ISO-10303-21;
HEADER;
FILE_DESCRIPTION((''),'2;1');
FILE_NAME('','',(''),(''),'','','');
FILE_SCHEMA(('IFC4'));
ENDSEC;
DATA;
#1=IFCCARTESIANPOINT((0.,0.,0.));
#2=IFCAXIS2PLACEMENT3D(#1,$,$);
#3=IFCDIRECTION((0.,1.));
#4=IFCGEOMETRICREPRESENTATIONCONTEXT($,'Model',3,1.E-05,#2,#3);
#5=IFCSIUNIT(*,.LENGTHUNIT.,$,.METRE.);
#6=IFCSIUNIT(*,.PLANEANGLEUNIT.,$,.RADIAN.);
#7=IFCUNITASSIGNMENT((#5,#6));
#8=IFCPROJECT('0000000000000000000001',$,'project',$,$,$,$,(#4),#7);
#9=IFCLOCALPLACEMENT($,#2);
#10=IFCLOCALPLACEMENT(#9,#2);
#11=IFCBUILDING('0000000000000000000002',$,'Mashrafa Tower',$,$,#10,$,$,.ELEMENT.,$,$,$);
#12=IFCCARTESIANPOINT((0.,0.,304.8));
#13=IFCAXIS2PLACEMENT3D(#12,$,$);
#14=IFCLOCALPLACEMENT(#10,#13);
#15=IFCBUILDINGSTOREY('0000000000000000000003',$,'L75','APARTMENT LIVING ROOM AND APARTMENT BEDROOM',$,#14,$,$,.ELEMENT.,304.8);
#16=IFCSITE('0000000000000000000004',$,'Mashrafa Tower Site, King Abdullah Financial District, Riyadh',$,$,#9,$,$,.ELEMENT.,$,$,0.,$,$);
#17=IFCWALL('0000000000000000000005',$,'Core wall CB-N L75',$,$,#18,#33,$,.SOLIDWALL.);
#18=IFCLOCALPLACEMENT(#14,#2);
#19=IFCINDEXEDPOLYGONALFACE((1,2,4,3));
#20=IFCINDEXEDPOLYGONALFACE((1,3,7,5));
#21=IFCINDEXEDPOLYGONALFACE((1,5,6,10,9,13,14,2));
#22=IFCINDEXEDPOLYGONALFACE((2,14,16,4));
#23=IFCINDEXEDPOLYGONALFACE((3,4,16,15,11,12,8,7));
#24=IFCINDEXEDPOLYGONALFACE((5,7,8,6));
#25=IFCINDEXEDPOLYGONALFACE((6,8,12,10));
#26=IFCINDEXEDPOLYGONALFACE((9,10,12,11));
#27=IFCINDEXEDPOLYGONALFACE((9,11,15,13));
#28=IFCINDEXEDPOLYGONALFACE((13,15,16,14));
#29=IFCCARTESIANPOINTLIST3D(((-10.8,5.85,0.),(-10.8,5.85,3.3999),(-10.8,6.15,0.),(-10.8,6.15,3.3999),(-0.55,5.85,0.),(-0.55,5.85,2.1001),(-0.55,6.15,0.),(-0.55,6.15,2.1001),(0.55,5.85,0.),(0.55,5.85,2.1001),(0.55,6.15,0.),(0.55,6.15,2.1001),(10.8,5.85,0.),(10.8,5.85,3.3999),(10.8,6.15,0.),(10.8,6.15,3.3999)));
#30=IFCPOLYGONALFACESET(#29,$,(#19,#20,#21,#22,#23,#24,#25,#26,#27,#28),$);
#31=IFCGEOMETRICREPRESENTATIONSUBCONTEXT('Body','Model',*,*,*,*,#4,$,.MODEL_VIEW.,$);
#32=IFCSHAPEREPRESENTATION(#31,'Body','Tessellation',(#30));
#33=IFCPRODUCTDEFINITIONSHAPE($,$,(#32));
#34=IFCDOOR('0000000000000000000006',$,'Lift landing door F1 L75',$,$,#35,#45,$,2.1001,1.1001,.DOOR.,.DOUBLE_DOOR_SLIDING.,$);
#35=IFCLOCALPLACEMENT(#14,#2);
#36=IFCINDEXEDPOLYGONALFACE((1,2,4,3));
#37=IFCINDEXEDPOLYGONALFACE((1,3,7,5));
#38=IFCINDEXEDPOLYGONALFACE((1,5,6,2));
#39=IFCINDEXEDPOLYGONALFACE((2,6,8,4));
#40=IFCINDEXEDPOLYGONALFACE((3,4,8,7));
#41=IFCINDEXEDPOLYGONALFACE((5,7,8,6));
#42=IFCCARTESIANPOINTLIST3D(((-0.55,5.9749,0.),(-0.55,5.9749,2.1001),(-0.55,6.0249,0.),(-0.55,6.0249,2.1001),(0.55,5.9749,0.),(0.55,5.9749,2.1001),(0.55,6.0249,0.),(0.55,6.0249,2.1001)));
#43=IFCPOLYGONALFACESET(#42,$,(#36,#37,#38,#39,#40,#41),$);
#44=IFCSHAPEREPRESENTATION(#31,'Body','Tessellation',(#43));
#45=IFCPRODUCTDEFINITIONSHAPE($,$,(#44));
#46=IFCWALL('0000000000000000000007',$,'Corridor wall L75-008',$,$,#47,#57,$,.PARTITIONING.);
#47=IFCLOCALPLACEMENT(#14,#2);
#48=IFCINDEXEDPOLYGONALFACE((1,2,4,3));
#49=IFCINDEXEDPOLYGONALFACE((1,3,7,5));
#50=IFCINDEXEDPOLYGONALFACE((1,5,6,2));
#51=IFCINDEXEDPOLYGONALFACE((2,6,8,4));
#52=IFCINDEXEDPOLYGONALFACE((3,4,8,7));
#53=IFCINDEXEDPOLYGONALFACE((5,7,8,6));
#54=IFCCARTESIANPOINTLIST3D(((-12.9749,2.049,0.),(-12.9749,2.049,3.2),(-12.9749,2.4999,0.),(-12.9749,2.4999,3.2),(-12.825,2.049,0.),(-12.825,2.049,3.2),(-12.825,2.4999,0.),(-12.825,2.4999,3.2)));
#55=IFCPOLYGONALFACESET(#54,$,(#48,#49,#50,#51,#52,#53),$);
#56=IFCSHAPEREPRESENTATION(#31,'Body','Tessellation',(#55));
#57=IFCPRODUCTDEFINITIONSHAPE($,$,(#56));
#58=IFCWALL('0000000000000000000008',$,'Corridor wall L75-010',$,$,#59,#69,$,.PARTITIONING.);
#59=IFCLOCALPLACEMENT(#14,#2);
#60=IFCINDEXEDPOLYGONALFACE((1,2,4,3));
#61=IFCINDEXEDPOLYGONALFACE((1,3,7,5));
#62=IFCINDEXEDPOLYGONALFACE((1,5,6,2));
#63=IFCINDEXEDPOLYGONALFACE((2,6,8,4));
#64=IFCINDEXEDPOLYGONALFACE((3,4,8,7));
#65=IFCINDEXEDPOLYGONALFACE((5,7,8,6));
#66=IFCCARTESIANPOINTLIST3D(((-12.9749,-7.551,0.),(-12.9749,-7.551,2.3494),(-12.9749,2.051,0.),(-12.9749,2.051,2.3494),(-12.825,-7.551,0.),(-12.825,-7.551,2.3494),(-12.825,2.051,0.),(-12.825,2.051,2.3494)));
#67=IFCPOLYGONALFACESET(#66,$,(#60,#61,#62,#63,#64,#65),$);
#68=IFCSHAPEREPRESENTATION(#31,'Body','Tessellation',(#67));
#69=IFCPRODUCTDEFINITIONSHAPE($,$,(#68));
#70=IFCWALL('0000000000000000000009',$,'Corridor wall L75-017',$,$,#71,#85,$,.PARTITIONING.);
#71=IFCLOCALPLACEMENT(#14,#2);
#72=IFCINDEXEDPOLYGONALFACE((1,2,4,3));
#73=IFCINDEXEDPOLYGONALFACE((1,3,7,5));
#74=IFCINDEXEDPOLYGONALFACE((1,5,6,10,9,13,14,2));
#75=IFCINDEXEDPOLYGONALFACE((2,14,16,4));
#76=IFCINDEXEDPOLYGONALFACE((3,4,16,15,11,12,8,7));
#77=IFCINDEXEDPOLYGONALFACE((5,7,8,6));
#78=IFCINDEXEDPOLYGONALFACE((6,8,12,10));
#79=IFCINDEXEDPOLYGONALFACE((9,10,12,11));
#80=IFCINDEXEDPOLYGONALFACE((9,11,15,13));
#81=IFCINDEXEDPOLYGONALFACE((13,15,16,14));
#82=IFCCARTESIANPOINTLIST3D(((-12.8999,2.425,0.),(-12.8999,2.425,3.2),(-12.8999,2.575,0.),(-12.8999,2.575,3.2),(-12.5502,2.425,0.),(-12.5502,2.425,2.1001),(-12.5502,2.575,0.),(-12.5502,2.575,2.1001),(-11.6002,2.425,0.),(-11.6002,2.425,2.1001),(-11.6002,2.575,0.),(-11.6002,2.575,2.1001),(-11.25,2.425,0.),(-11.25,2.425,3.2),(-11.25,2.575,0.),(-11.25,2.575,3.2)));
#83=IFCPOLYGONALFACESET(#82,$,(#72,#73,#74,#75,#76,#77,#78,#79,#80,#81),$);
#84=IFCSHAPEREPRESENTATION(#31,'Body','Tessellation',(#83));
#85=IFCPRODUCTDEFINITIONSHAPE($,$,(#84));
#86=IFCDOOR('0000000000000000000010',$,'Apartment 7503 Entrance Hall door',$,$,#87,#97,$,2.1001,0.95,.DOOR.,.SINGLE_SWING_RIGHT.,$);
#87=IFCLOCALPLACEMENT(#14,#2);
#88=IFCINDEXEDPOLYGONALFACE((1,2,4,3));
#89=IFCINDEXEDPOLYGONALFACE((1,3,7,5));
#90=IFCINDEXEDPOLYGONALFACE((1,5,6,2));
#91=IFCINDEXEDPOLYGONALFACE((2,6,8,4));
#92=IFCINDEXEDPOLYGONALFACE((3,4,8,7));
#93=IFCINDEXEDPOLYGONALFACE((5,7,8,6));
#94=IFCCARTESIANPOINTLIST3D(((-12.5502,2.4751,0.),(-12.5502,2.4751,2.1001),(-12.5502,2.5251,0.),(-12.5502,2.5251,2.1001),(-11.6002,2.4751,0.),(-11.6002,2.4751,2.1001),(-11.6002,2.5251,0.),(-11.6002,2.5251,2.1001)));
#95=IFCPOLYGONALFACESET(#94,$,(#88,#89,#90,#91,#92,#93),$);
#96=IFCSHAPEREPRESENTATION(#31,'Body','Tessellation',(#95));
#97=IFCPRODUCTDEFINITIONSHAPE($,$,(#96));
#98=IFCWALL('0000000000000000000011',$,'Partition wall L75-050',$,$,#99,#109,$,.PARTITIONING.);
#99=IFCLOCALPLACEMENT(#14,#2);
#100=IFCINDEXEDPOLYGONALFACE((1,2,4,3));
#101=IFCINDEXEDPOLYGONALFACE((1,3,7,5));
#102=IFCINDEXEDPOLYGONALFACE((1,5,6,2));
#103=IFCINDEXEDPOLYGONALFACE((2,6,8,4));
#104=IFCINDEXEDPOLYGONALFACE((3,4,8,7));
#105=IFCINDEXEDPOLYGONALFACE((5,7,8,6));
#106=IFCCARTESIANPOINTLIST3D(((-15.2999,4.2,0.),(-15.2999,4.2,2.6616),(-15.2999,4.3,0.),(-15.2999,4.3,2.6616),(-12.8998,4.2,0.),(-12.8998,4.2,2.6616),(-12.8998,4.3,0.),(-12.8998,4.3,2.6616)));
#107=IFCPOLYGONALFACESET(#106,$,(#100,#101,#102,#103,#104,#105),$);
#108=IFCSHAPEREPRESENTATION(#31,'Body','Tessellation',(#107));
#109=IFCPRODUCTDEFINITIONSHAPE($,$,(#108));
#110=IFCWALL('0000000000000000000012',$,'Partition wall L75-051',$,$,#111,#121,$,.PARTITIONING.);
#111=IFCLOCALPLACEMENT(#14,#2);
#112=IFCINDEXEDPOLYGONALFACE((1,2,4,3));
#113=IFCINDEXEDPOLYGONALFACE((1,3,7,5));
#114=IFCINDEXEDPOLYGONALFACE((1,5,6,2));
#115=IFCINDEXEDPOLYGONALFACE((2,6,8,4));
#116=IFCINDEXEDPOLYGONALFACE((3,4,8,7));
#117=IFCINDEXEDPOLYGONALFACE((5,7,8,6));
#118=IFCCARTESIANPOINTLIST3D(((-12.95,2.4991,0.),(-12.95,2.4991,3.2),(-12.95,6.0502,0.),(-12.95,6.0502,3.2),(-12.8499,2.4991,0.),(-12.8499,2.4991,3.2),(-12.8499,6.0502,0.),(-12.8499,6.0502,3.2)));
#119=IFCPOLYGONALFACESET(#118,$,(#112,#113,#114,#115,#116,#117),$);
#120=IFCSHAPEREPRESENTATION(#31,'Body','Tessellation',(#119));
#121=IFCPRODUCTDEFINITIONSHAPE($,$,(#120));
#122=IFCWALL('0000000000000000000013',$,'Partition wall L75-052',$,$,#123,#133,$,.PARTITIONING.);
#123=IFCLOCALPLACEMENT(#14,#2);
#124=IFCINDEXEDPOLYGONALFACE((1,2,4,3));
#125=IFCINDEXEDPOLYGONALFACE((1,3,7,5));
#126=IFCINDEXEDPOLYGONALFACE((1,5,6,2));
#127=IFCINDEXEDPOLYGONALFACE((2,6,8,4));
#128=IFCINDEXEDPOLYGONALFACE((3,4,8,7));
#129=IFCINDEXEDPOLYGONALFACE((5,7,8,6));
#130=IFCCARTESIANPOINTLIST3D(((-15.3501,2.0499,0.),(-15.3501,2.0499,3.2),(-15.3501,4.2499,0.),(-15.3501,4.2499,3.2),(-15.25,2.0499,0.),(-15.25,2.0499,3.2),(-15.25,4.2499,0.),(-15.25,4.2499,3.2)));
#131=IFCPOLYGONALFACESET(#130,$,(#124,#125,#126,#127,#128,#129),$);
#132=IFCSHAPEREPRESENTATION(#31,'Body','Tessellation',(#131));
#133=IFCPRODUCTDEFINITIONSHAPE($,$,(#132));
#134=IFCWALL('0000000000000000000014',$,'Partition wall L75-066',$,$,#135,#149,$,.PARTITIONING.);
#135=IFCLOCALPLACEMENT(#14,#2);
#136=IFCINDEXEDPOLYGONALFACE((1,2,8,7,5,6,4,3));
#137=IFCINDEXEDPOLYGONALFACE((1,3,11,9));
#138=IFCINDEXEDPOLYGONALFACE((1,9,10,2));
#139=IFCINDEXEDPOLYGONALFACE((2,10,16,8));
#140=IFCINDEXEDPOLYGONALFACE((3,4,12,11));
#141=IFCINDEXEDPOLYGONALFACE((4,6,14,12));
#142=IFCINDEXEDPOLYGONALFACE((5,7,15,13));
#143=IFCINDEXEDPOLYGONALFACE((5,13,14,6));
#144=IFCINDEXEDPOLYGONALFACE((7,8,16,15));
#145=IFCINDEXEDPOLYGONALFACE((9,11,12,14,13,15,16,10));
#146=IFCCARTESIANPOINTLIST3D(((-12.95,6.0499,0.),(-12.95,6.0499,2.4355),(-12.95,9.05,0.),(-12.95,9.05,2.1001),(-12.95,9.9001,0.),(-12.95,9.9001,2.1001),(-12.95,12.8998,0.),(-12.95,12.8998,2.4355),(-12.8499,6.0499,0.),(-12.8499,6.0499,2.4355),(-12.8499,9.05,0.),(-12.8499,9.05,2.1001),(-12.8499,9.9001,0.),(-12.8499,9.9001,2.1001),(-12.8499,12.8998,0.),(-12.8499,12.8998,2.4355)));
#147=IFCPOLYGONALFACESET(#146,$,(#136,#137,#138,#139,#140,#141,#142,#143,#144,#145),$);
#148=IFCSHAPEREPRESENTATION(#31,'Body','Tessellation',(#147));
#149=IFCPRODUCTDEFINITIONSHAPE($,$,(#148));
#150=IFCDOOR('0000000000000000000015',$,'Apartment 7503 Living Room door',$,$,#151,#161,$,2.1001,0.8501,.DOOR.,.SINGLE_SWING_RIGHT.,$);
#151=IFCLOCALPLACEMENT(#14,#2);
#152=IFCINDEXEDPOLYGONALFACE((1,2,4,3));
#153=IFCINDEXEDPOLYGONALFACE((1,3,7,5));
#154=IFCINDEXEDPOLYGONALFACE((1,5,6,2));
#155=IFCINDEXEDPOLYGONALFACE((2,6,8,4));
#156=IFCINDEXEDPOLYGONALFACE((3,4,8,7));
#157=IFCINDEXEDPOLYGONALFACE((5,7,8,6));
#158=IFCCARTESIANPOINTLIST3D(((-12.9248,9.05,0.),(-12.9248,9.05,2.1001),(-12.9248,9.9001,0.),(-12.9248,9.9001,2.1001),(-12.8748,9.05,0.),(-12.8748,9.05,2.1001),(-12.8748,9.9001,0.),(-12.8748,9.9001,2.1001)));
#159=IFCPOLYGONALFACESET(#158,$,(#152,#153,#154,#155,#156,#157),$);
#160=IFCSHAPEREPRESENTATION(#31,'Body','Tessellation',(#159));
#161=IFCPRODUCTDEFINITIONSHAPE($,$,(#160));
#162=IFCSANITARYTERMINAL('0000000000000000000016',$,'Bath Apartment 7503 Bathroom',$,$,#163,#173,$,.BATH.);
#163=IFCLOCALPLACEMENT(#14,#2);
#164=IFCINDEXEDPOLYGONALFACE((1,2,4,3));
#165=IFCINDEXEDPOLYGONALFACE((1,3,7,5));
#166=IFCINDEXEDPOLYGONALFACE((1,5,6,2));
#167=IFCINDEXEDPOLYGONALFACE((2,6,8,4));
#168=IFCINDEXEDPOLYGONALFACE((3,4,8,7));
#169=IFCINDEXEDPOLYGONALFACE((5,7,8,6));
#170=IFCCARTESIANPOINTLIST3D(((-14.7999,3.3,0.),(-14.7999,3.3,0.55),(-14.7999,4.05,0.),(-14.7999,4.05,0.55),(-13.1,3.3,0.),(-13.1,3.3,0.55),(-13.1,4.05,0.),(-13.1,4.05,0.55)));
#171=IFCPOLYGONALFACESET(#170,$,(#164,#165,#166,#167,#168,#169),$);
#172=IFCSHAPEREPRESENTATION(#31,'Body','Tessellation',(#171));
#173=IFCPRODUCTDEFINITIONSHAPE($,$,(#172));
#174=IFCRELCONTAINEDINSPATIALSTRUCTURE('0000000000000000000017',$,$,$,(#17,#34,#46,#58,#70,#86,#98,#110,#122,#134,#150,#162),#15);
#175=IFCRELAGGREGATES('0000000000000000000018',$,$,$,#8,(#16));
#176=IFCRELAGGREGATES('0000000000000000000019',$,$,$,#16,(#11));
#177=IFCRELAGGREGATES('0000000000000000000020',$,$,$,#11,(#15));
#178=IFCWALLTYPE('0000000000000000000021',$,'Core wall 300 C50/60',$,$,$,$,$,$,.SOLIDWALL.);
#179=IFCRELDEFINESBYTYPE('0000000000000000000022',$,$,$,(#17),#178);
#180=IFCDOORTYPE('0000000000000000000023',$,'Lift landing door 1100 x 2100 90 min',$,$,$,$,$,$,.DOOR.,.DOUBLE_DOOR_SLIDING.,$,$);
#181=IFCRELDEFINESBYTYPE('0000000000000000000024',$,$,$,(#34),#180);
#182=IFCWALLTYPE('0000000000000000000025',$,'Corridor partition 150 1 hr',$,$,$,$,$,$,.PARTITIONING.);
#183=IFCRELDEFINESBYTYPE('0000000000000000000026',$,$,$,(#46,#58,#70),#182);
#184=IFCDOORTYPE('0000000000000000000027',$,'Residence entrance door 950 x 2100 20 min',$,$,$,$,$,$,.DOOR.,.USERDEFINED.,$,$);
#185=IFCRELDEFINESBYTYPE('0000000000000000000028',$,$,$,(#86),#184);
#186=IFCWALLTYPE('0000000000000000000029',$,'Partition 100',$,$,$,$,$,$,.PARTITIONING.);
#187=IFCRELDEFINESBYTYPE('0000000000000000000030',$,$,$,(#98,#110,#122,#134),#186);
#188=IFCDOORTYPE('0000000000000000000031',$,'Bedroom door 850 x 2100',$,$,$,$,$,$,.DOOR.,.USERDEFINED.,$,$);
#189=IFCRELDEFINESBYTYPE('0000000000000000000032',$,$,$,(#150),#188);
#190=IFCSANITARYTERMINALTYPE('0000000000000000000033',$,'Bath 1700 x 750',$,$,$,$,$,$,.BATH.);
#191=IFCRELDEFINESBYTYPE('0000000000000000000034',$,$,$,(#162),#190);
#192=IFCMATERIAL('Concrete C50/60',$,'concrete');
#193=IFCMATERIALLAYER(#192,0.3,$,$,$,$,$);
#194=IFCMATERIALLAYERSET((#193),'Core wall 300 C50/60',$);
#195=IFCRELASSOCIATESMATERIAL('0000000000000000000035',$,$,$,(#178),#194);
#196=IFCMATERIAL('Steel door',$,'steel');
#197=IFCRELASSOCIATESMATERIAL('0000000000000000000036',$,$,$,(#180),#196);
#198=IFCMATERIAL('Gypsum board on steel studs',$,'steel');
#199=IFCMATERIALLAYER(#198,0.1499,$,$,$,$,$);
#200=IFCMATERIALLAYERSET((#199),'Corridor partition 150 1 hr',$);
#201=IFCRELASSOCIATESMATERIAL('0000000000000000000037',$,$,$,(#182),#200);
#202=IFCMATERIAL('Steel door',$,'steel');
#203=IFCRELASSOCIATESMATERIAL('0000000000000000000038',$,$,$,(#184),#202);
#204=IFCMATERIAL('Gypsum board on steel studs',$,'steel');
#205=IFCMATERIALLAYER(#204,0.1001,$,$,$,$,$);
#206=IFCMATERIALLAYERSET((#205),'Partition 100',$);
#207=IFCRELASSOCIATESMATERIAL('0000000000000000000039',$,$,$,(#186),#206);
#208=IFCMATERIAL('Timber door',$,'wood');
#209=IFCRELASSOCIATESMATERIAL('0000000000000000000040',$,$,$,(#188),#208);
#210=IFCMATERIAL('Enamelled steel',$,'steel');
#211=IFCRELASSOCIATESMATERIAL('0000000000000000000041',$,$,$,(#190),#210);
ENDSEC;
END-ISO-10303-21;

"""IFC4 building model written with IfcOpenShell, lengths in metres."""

from ifc_helpers import new_model, si_unit, direction, frame, frame_2d, origin, origin_2d, place, context, subcontext, project, spatial, rectangle, extrude, material, layer, layer_set, type_object, element, fill, save


model = new_model("IFC4")

# Units and contexts
model_context = context("Model", 3, precision=1e-05, world=origin(), true_north=direction((0.0, 1.0)))
body_context = subcontext(model_context, "Body", "Model", "MODEL_VIEW")
ifc_project = project(units=[si_unit("LENGTHUNIT", "METRE"), si_unit("PLANEANGLEUNIT", "RADIAN")], contexts=[model_context])

# Site, building, storey
site_placement = place(None, origin())
site = spatial("IfcSite", under=ifc_project, at=site_placement, Name="Mashrafa Tower Site, King Abdullah Financial District, Riyadh", CompositionType="ELEMENT", RefElevation=0.0)
building_placement = place(site_placement, origin())
building = spatial("IfcBuilding", under=site, at=building_placement, Name="Mashrafa Tower", CompositionType="ELEMENT")
storey_placement = place(building_placement, frame((0.0, 0.0, 304.8)))
storey = spatial("IfcBuildingStorey", under=building, at=storey_placement, Name="L75", Description="APARTMENT LIVING ROOM AND APARTMENT BEDROOM", CompositionType="ELEMENT", Elevation=304.8)

# Shared definitions
ifc_material_1 = material(Name="Concrete C50/60", Category="concrete")
ifc_layer_1 = layer(ifc_material_1, 0.3)
ifc_layer_set_1 = layer_set([ifc_layer_1], Name="Core wall 300 C50/60")
wall_type_1 = type_object("IfcWallType", Name="Core wall 300 C50/60", PredefinedType="SOLIDWALL", material=ifc_layer_set_1)

# Wall, opening, door
wall_1_placement = place(storey_placement, frame((-10.8, 6.0, 0.0), z_axis=(0.0, 0.0, 1.0), x_axis=(1.0, 0.0, 0.0)))
wall_1 = element("IfcWall", 1, at=wall_1_placement, inside=storey, type_object=wall_type_1, Name="Core wall CB-N L75", PredefinedType="SOLIDWALL", context=body_context, shape_type="SweptSolid", body=[
    extrude(rectangle(XDim=21.6001, YDim=0.3, at=frame_2d((10.8, 0.0))), origin(), (0.0, 0.0, 1.0), 3.3999),
])
opening_1_placement = place(wall_1_placement, frame((10.25, 0.0, 0.0)))
opening_1 = element("IfcOpeningElement", 2, at=opening_1_placement, cuts=wall_1, PredefinedType="OPENING", context=body_context, shape_type="SweptSolid", body=[
    extrude(rectangle(XDim=1.1001, YDim=2.1001, at=frame_2d((0.55, 1.05))), frame((0.0, 0.1599, 0.0), z_axis=(0.0, -1.0, 0.0), x_axis=(1.0, 0.0, 0.0)), (0.0, 0.0, 1.0), 0.3201),
])
ifc_material_2 = material(Name="Steel door", Category="steel")
door_type_1 = type_object("IfcDoorType", Name="Lift landing door 1100 x 2100 90 min", OperationType="DOUBLE_DOOR_SLIDING", PredefinedType="DOOR", material=ifc_material_2)
door_1_placement = place(opening_1_placement, origin())
door_1 = element("IfcDoor", 3, at=door_1_placement, inside=storey, type_object=door_type_1, Name="Lift landing door F1 L75", OperationType="DOUBLE_DOOR_SLIDING", OverallHeight=2.1001, OverallWidth=1.1001, PredefinedType="DOOR", context=body_context, shape_type="SweptSolid", body=[
    extrude(rectangle(XDim=1.1001, YDim=2.1001, at=frame_2d((0.55, 1.05))), frame((0.0, 0.0249, 0.0), z_axis=(0.0, -1.0, 0.0), x_axis=(1.0, 0.0, 0.0)), (0.0, 0.0, 1.0), 0.05),
])
fill(opening_1, door_1)

# Walls
ifc_material_3 = material(Name="Gypsum board on steel studs", Category="steel")
ifc_layer_2 = layer(ifc_material_3, 0.1499)
ifc_layer_set_2 = layer_set([ifc_layer_2], Name="Corridor partition 150 1 hr")
wall_type_2 = type_object("IfcWallType", Name="Corridor partition 150 1 hr", PredefinedType="PARTITIONING", material=ifc_layer_set_2)
wall_2_placement = place(storey_placement, frame((-12.8999, 2.5, 0.0), z_axis=(0.0, 0.0, 1.0), x_axis=(0.0, -1.0, 0.0)))
element("IfcWall", 4, at=wall_2_placement, inside=storey, type_object=wall_type_2, Name="Corridor wall L75-008", PredefinedType="PARTITIONING", context=body_context, shape_type="SweptSolid", body=[
    extrude(rectangle(XDim=0.4509, YDim=0.1499, at=frame_2d((0.2256, 0.0))), origin(), (0.0, 0.0, 1.0), 3.2),
])
wall_3_placement = place(storey_placement, frame((-12.8999, 2.051, 0.0), z_axis=(0.0, 0.0, 1.0), x_axis=(0.0, -1.0, 0.0)))
element("IfcWall", 5, at=wall_3_placement, inside=storey, type_object=wall_type_2, Name="Corridor wall L75-010", PredefinedType="PARTITIONING", context=body_context, shape_type="SweptSolid", body=[
    extrude(rectangle(XDim=9.6021, YDim=0.1499, at=frame_2d((4.801, 0.0))), origin(), (0.0, 0.0, 1.0), 2.3494),
])

# Wall, opening, door
wall_4_placement = place(storey_placement, frame((-11.25, 2.5, 0.0), z_axis=(0.0, 0.0, 1.0), x_axis=(-1.0, 0.0, 0.0)))
wall_4 = element("IfcWall", 6, at=wall_4_placement, inside=storey, type_object=wall_type_2, Name="Corridor wall L75-017", PredefinedType="PARTITIONING", context=body_context, shape_type="SweptSolid", body=[
    extrude(rectangle(XDim=1.6499, YDim=0.1499, at=frame_2d((0.825, 0.0))), origin(), (0.0, 0.0, 1.0), 3.2),
])
opening_2_placement = place(wall_4_placement, frame((0.3501, 0.0, 0.0)))
opening_2 = element("IfcOpeningElement", 7, at=opening_2_placement, cuts=wall_4, PredefinedType="OPENING", context=body_context, shape_type="SweptSolid", body=[
    extrude(rectangle(XDim=0.95, YDim=2.1001, at=frame_2d((0.4751, 1.05))), frame((0.0, 0.085, 0.0), z_axis=(0.0, -1.0, 0.0), x_axis=(1.0, 0.0, 0.0)), (0.0, 0.0, 1.0), 0.1699),
])
ifc_material_4 = material(Name="Steel door", Category="steel")
door_type_2 = type_object("IfcDoorType", Name="Residence entrance door 950 x 2100 20 min", OperationType="USERDEFINED", PredefinedType="DOOR", material=ifc_material_4)
door_2_placement = place(opening_2_placement, origin())
door_2 = element("IfcDoor", 8, at=door_2_placement, inside=storey, type_object=door_type_2, Name="Apartment 7503 Entrance Hall door", OperationType="SINGLE_SWING_RIGHT", OverallHeight=2.1001, OverallWidth=0.95, PredefinedType="DOOR", context=body_context, shape_type="SweptSolid", body=[
    extrude(rectangle(XDim=0.95, YDim=2.1001, at=frame_2d((0.4751, 1.05))), frame((0.0, 0.0249, 0.0), z_axis=(0.0, -1.0, 0.0), x_axis=(1.0, 0.0, 0.0)), (0.0, 0.0, 1.0), 0.05),
])
fill(opening_2, door_2)

# Walls
ifc_material_5 = material(Name="Gypsum board on steel studs", Category="steel")
ifc_layer_3 = layer(ifc_material_5, 0.1001)
ifc_layer_set_3 = layer_set([ifc_layer_3], Name="Partition 100")
wall_type_3 = type_object("IfcWallType", Name="Partition 100", PredefinedType="PARTITIONING", material=ifc_layer_set_3)
wall_5_placement = place(storey_placement, frame((-15.3, 4.25, 0.0), z_axis=(0.0, 0.0, 1.0), x_axis=(1.0, 0.0, 0.0)))
element("IfcWall", 9, at=wall_5_placement, inside=storey, type_object=wall_type_3, Name="Partition wall L75-050", PredefinedType="PARTITIONING", context=body_context, shape_type="SweptSolid", body=[
    extrude(rectangle(XDim=2.4001, YDim=0.1001, at=frame_2d((1.2002, 0.0))), origin(), (0.0, 0.0, 1.0), 2.6616),
])
wall_6_placement = place(storey_placement, frame((-12.8999, 6.05, 0.0), z_axis=(0.0, 0.0, 1.0), x_axis=(0.0, -1.0, 0.0)))
element("IfcWall", 10, at=wall_6_placement, inside=storey, type_object=wall_type_3, Name="Partition wall L75-051", PredefinedType="PARTITIONING", context=body_context, shape_type="SweptSolid", body=[
    extrude(rectangle(XDim=3.551, YDim=0.1001, at=frame_2d((1.7754, 0.0))), origin(), (0.0, 0.0, 1.0), 3.2),
])
wall_7_placement = place(storey_placement, frame((-15.3, 4.25, 0.0), z_axis=(0.0, 0.0, 1.0), x_axis=(0.0, -1.0, 0.0)))
element("IfcWall", 11, at=wall_7_placement, inside=storey, type_object=wall_type_3, Name="Partition wall L75-052", PredefinedType="PARTITIONING", context=body_context, shape_type="SweptSolid", body=[
    extrude(rectangle(XDim=2.2, YDim=0.1001, at=frame_2d((1.1001, 0.0))), origin(), (0.0, 0.0, 1.0), 3.2),
])

# Wall, opening, door
wall_8_placement = place(storey_placement, frame((-12.8999, 6.05, 0.0), z_axis=(0.0, 0.0, 1.0), x_axis=(0.0, 1.0, 0.0)))
wall_8 = element("IfcWall", 12, at=wall_8_placement, inside=storey, type_object=wall_type_3, Name="Partition wall L75-066", PredefinedType="PARTITIONING", context=body_context, shape_type="SweptSolid", body=[
    extrude(rectangle(XDim=6.8499, YDim=0.1001, at=frame_2d((3.4248, 0.0))), origin(), (0.0, 0.0, 1.0), 2.4355),
])
opening_3_placement = place(wall_8_placement, frame((3.0, 0.0, 0.0)))
opening_3 = element("IfcOpeningElement", 13, at=opening_3_placement, cuts=wall_8, PredefinedType="OPENING", context=body_context, shape_type="SweptSolid", body=[
    extrude(rectangle(XDim=0.8501, YDim=2.1001, at=frame_2d((0.425, 1.05))), frame((0.0, 0.0601, 0.0), z_axis=(0.0, -1.0, 0.0), x_axis=(1.0, 0.0, 0.0)), (0.0, 0.0, 1.0), 0.1201),
])
ifc_material_6 = material(Name="Timber door", Category="wood")
door_type_3 = type_object("IfcDoorType", Name="Bedroom door 850 x 2100", OperationType="USERDEFINED", PredefinedType="DOOR", material=ifc_material_6)
door_3_placement = place(opening_3_placement, origin())
door_3 = element("IfcDoor", 14, at=door_3_placement, inside=storey, type_object=door_type_3, Name="Apartment 7503 Living Room door", OperationType="SINGLE_SWING_RIGHT", OverallHeight=2.1001, OverallWidth=0.8501, PredefinedType="DOOR", context=body_context, shape_type="SweptSolid", body=[
    extrude(rectangle(XDim=0.8501, YDim=2.1001, at=frame_2d((0.425, 1.05))), frame((0.0, 0.0249, 0.0), z_axis=(0.0, -1.0, 0.0), x_axis=(1.0, 0.0, 0.0)), (0.0, 0.0, 1.0), 0.05),
])
fill(opening_3, door_3)

# Sanitary terminal
ifc_material_7 = material(Name="Enamelled steel", Category="steel")
sanitary_terminal_type_1 = type_object("IfcSanitaryTerminalType", Name="Bath 1700 x 750", PredefinedType="BATH", material=ifc_material_7)
sanitary_terminal_1_placement = place(storey_placement, frame((-13.95, 3.675, 0.0), z_axis=(0.0, 0.0, 1.0), x_axis=(-1.0, 0.0, 0.0)))
element("IfcSanitaryTerminal", 15, at=sanitary_terminal_1_placement, inside=storey, type_object=sanitary_terminal_type_1, Name="Bath Apartment 7503 Bathroom", PredefinedType="BATH", context=body_context, shape_type="SweptSolid", body=[
    extrude(rectangle(XDim=1.7, YDim=0.75, at=origin_2d()), origin(), (0.0, 0.0, 1.0), 0.55),
])

save(model, "model.ifc")
